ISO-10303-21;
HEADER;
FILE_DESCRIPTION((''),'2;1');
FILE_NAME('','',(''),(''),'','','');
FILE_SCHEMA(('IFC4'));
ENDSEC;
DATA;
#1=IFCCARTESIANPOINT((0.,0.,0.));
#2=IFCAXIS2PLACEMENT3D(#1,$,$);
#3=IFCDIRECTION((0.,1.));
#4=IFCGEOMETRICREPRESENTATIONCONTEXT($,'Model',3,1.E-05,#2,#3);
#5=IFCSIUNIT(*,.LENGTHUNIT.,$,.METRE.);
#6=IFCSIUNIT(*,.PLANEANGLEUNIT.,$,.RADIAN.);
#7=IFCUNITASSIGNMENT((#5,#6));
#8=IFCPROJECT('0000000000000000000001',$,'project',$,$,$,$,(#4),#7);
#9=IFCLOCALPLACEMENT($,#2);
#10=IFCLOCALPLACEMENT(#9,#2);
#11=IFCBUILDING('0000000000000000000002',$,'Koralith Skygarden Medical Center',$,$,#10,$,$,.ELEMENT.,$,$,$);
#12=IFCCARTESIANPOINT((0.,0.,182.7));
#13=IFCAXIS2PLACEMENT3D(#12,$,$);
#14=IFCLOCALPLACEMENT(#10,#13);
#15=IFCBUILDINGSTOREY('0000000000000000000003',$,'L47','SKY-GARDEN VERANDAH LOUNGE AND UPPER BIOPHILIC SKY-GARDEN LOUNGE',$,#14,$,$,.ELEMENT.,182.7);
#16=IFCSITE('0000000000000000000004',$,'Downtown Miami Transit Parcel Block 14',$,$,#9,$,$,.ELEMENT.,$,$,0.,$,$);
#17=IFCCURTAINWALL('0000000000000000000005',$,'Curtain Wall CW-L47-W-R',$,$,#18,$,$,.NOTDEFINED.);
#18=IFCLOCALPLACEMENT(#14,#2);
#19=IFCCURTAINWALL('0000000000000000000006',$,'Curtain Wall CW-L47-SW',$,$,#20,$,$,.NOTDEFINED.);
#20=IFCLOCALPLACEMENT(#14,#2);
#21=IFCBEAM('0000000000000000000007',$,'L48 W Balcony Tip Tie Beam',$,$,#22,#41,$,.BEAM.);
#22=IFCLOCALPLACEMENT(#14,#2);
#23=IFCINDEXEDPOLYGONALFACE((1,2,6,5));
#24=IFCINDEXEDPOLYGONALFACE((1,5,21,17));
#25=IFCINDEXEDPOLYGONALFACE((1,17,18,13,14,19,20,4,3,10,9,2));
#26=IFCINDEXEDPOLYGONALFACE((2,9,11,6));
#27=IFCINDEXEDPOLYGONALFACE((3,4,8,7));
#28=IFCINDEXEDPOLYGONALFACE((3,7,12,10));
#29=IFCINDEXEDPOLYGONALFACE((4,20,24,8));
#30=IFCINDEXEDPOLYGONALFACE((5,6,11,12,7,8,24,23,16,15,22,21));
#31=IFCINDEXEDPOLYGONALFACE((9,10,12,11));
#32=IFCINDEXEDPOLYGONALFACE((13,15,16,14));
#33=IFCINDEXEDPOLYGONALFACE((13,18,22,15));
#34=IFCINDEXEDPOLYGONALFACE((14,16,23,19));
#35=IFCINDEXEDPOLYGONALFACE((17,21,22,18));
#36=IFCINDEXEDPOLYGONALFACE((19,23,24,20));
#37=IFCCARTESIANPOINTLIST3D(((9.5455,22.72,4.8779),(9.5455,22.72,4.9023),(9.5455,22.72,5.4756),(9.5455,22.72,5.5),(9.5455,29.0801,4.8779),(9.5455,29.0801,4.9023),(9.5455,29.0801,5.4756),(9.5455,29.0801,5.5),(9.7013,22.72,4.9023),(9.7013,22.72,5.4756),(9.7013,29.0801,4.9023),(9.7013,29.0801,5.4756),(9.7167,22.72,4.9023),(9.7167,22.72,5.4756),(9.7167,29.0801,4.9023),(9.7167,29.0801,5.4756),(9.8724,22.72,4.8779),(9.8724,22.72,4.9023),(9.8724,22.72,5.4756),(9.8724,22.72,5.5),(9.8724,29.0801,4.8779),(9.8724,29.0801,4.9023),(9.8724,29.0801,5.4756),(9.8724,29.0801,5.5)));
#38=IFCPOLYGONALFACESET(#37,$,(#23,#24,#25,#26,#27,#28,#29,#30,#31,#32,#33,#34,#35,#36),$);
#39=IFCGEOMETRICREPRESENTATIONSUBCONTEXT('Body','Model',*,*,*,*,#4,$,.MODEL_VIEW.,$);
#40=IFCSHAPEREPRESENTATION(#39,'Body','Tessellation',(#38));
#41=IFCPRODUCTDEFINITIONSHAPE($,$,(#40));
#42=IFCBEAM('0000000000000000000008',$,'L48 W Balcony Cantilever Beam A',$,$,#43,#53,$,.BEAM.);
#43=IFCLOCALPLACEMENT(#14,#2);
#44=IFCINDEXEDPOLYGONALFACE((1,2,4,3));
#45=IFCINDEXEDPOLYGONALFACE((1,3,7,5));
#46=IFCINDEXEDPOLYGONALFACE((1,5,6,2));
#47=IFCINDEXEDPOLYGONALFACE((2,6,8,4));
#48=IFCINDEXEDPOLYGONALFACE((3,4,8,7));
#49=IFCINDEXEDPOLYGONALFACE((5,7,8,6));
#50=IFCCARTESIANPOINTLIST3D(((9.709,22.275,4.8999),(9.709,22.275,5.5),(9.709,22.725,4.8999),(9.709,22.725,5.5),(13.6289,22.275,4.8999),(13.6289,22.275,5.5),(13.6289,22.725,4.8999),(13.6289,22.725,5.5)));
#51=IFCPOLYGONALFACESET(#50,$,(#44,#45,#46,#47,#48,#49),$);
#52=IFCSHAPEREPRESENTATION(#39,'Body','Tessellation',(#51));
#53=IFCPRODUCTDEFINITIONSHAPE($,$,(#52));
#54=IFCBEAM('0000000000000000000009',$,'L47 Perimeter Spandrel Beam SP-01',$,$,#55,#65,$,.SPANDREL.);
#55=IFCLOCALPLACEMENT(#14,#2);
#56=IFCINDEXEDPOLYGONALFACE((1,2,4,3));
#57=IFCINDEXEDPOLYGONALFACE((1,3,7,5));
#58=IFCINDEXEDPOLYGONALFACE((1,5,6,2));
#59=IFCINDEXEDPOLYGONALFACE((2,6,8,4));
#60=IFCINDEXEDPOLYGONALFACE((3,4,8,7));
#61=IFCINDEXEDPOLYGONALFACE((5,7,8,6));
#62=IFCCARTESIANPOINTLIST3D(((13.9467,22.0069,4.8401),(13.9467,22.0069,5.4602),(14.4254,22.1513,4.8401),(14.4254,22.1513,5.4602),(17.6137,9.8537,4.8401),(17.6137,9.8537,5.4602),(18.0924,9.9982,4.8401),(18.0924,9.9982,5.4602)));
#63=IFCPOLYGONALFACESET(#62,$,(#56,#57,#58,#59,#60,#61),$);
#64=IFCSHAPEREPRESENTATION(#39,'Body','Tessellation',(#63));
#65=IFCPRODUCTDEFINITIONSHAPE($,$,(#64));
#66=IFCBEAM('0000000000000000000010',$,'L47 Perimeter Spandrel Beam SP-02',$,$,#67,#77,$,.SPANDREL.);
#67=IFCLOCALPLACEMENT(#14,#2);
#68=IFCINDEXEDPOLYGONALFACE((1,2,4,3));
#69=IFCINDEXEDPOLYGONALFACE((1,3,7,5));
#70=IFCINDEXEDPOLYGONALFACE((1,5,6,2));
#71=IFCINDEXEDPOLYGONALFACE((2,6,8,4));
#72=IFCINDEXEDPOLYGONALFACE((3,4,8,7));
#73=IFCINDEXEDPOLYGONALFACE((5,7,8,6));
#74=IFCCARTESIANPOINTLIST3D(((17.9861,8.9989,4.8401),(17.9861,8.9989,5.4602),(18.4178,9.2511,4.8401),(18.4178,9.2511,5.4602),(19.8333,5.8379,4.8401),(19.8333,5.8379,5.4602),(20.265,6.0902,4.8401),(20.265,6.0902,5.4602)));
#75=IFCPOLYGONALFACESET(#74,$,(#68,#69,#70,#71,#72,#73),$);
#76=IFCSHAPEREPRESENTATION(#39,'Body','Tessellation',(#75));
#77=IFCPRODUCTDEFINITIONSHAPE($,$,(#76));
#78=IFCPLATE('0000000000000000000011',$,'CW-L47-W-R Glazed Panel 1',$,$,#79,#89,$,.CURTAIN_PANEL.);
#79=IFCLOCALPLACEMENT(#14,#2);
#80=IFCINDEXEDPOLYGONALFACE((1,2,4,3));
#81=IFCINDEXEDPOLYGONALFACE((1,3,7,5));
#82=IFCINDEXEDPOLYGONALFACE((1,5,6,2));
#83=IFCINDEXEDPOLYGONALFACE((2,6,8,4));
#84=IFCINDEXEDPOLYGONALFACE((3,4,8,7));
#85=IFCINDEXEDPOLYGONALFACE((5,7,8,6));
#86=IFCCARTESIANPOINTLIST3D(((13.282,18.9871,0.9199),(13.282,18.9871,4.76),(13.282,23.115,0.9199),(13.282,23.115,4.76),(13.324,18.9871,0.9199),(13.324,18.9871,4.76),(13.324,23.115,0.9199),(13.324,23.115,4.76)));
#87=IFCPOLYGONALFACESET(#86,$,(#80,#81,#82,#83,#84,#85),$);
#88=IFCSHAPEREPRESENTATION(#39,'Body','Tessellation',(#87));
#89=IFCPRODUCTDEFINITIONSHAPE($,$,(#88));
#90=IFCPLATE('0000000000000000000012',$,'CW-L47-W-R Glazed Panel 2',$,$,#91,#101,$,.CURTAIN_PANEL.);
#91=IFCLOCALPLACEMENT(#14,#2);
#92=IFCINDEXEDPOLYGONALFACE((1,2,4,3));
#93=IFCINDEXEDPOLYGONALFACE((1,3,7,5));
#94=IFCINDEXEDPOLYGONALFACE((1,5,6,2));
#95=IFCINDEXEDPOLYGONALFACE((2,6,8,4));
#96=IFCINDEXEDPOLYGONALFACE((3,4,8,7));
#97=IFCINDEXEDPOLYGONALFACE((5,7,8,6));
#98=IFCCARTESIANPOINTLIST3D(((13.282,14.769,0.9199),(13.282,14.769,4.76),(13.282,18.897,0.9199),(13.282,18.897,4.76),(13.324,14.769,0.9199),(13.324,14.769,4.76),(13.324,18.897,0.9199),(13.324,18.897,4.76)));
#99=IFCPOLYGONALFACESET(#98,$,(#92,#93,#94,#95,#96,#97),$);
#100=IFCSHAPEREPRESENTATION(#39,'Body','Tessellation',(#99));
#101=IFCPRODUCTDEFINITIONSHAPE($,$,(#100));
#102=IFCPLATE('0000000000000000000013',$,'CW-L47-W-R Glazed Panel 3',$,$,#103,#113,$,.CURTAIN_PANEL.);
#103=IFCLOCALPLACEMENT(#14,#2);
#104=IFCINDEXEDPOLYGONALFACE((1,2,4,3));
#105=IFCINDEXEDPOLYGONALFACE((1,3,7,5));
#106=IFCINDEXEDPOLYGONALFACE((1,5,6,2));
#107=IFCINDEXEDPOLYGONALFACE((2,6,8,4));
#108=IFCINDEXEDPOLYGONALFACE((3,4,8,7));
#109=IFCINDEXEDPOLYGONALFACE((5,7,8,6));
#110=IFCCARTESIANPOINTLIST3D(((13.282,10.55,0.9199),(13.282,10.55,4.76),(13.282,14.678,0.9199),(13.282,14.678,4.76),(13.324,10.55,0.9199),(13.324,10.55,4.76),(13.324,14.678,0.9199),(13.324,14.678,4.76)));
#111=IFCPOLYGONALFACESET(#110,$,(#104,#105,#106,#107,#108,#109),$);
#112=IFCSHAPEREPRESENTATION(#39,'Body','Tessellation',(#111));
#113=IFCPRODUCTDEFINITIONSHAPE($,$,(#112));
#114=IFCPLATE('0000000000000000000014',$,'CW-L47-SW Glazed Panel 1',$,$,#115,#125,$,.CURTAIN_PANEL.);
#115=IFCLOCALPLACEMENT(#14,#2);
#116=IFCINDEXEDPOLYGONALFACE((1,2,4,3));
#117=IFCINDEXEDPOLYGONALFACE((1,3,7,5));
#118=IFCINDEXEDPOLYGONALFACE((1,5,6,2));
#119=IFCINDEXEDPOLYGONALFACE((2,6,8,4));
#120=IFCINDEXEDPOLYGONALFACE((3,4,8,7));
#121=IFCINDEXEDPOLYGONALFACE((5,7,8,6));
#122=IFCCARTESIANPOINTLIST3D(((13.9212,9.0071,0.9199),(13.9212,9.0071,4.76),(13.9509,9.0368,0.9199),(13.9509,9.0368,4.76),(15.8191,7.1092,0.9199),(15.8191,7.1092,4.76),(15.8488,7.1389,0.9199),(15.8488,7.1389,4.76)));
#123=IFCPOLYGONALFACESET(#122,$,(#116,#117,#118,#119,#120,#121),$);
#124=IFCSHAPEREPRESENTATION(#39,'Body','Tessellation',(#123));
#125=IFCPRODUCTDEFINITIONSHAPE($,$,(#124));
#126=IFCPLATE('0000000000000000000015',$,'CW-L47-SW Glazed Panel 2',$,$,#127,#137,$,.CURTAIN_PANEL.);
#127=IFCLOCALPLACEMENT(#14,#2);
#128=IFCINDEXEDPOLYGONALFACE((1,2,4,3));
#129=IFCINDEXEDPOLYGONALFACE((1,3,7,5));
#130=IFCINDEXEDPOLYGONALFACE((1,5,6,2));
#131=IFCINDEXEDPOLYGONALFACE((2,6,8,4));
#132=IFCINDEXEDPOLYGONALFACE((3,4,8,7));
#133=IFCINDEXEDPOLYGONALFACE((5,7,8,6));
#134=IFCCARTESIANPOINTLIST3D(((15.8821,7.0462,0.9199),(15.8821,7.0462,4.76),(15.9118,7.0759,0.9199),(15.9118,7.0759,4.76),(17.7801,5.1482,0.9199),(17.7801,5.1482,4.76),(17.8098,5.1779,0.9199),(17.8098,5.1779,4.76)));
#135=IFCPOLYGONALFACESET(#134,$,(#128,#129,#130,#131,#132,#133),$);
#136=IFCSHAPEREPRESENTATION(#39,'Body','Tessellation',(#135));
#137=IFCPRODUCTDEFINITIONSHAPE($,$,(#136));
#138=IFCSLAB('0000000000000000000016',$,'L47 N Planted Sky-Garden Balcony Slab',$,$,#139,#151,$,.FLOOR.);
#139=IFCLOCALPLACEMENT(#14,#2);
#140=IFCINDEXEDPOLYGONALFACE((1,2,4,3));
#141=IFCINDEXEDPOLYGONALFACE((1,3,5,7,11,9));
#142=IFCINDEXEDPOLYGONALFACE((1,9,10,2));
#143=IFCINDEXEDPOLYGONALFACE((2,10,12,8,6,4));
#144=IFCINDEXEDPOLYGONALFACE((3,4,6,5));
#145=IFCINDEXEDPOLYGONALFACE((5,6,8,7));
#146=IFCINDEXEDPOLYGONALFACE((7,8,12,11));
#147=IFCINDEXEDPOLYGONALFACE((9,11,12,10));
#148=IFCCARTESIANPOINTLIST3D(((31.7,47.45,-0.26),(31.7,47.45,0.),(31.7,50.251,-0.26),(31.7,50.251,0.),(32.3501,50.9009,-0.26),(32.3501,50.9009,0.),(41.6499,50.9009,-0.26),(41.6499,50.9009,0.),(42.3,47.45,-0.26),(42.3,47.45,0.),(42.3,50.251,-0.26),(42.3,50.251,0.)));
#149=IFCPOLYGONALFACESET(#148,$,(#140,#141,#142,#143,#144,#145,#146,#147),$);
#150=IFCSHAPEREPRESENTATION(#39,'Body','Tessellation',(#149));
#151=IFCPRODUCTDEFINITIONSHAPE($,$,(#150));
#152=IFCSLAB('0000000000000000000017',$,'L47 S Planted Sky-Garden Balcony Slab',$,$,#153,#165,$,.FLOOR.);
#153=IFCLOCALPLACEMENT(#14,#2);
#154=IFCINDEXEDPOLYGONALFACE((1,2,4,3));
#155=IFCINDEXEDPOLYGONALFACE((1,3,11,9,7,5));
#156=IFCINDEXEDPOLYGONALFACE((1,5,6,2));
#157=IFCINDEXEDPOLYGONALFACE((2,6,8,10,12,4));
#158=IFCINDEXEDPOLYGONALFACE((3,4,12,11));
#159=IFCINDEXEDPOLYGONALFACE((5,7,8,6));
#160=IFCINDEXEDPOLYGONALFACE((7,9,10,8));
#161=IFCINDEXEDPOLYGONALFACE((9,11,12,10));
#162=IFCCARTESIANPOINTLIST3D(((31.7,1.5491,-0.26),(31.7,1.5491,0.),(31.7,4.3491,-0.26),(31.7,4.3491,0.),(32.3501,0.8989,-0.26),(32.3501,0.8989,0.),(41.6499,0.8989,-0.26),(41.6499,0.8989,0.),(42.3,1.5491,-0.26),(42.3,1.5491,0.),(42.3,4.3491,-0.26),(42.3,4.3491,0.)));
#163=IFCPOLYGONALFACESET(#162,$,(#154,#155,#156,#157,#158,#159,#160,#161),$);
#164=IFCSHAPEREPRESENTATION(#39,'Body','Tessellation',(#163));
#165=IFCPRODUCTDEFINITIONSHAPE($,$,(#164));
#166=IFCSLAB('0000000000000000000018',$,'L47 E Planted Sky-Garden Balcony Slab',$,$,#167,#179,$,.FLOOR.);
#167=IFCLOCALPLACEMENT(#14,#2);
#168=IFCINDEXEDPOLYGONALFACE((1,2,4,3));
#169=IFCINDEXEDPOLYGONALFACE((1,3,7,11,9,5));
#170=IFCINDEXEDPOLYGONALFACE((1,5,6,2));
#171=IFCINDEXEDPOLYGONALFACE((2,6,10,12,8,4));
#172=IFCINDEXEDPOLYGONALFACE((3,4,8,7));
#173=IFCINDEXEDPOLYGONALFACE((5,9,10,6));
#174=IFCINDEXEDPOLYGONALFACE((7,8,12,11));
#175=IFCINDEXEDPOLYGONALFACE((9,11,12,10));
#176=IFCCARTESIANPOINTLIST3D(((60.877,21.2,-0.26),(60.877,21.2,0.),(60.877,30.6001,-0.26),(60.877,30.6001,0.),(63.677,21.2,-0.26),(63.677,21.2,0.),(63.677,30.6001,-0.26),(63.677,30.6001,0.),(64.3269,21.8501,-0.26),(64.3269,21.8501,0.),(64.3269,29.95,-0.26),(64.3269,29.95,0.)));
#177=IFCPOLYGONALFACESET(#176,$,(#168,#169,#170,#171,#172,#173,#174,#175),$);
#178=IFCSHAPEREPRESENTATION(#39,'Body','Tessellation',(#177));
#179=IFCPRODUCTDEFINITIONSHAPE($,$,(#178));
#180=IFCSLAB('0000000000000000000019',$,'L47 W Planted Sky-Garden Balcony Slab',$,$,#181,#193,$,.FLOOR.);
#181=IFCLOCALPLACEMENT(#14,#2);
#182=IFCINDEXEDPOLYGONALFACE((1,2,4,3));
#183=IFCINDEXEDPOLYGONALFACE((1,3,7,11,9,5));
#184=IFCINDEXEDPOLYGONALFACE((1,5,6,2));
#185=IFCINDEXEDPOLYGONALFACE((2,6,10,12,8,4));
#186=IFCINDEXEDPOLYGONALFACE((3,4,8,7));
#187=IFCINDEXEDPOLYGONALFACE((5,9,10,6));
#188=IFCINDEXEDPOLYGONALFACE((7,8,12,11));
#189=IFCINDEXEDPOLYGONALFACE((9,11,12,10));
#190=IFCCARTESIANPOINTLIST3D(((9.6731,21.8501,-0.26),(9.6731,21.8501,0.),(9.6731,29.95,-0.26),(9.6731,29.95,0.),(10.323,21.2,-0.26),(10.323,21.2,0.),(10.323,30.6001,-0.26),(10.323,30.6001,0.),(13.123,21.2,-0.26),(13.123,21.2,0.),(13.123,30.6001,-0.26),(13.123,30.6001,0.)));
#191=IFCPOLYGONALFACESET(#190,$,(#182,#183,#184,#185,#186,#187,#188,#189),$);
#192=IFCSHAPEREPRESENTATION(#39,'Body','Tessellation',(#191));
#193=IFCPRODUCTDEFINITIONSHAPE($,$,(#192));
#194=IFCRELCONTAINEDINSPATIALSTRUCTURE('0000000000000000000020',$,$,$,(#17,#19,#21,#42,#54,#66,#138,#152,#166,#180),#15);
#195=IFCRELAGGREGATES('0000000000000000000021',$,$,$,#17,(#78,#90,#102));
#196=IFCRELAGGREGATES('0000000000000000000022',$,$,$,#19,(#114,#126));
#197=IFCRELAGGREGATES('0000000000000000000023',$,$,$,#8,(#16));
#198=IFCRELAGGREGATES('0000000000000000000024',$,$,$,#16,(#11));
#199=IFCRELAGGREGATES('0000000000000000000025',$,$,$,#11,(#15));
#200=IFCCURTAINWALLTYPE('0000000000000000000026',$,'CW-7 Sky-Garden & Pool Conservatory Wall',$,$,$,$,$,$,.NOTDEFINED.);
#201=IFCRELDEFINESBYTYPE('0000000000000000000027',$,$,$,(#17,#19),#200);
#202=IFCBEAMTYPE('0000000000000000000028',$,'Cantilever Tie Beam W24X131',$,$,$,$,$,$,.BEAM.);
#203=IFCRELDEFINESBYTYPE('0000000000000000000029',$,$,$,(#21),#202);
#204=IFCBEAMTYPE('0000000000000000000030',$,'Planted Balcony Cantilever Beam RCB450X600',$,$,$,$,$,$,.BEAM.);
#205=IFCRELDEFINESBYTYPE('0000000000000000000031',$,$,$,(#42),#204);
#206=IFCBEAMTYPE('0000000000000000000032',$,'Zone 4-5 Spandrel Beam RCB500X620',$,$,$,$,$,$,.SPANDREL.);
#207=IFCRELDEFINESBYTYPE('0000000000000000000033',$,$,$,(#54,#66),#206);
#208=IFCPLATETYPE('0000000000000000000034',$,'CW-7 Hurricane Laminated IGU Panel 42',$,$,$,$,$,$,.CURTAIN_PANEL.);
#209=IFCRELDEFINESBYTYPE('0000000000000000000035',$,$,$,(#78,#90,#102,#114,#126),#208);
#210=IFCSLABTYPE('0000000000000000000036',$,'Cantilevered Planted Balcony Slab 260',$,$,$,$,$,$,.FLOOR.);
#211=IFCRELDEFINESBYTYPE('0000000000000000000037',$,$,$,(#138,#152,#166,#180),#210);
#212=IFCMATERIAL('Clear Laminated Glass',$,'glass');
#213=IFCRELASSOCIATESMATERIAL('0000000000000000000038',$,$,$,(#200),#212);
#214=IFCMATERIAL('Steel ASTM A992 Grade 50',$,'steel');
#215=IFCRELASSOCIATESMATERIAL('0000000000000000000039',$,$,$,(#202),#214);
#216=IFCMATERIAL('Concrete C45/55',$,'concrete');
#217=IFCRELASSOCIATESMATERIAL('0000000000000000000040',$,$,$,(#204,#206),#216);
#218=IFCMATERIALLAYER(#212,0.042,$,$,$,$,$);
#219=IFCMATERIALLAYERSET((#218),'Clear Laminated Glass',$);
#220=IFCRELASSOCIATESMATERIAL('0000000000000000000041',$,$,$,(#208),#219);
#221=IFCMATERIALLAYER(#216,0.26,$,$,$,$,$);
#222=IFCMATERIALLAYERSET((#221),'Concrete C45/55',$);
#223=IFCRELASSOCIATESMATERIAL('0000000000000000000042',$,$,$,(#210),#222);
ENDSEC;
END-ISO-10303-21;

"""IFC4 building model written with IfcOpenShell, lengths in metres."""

from ifc_helpers import new_model, si_unit, direction, frame, origin, origin_2d, place, context, subcontext, project, spatial, polyline, rectangle, i_section, outline, extrude, material, layer, layer_set, material_profile, profile_set, type_object, element, aggregate, save


model = new_model("IFC4")

# Units and contexts
model_context = context("Model", 3, precision=1e-05, world=origin(), true_north=direction((0.0, 1.0)))
body_context = subcontext(model_context, "Body", "Model", "MODEL_VIEW")
ifc_project = project(units=[si_unit("LENGTHUNIT", "METRE"), si_unit("PLANEANGLEUNIT", "RADIAN")], contexts=[model_context])

# Site, building, storey
site_placement = place(None, origin())
site = spatial("IfcSite", under=ifc_project, at=site_placement, Name="Downtown Miami Transit Parcel Block 14", CompositionType="ELEMENT", RefElevation=0.0)
building_placement = place(site_placement, origin())
building = spatial("IfcBuilding", under=site, at=building_placement, Name="Koralith Skygarden Medical Center", CompositionType="ELEMENT")
storey_placement = place(building_placement, frame((0.0, 0.0, 182.7)))
storey = spatial("IfcBuildingStorey", under=building, at=storey_placement, Name="L47", Description="SKY-GARDEN VERANDAH LOUNGE AND UPPER BIOPHILIC SKY-GARDEN LOUNGE", CompositionType="ELEMENT", Elevation=182.7)

# Curtain walls
ifc_material_1 = material(Name="Clear Laminated Glass", Category="glass")
curtain_wall_type = type_object("IfcCurtainWallType", Name="CW-7 Sky-Garden & Pool Conservatory Wall", PredefinedType="NOTDEFINED", material=ifc_material_1)
curtain_wall_1_placement = place(storey_placement, origin())
curtain_wall_1 = element("IfcCurtainWall", 1, at=curtain_wall_1_placement, inside=storey, type_object=curtain_wall_type, Name="Curtain Wall CW-L47-W-R", PredefinedType="NOTDEFINED")
curtain_wall_2_placement = place(storey_placement, origin())
curtain_wall_2 = element("IfcCurtainWall", 2, at=curtain_wall_2_placement, inside=storey, type_object=curtain_wall_type, Name="Curtain Wall CW-L47-SW", PredefinedType="NOTDEFINED")

# Beams
ifc_material_2 = material(Name="Steel ASTM A992 Grade 50", Category="steel")
ifc_material_profile_1 = material_profile(ifc_material_2, i_section(OverallWidth=0.3269, OverallDepth=0.6221, WebThickness=0.0154, FlangeThickness=0.0244, at=origin_2d()), Name="W24X131")
ifc_profile_set_1 = profile_set([ifc_material_profile_1], Name="Steel ASTM A992 Grade 50")
beam_type_1 = type_object("IfcBeamType", Name="Cantilever Tie Beam W24X131", PredefinedType="BEAM", material=ifc_profile_set_1)
beam_1_placement = place(storey_placement, frame((9.709, 22.72, 5.189), z_axis=(0.0, 1.0, 0.0), x_axis=(-1.0, 0.0, 0.0)))
element("IfcBeam", 3, at=beam_1_placement, inside=storey, type_object=beam_type_1, Name="L48 W Balcony Tip Tie Beam", PredefinedType="BEAM", context=body_context, shape_type="SweptSolid", body=[
    extrude(i_section(OverallWidth=0.3269, OverallDepth=0.6221, WebThickness=0.0154, FlangeThickness=0.0244, at=origin_2d()), origin(), (0.0, 0.0, 1.0), 6.3601),
])
ifc_material_3 = material(Name="Concrete C45/55", Category="concrete")
ifc_material_profile_2 = material_profile(ifc_material_3, rectangle(XDim=0.45, YDim=0.6001, at=origin_2d()), Name="RCB450X600")
ifc_profile_set_2 = profile_set([ifc_material_profile_2], Name="Concrete C45/55")
beam_type_2 = type_object("IfcBeamType", Name="Planted Balcony Cantilever Beam RCB450X600", PredefinedType="BEAM", material=ifc_profile_set_2)
beam_2_placement = place(storey_placement, frame((13.6289, 22.5, 5.2), z_axis=(-1.0, 0.0, 0.0), x_axis=(0.0, -1.0, 0.0)))
element("IfcBeam", 4, at=beam_2_placement, inside=storey, type_object=beam_type_2, Name="L48 W Balcony Cantilever Beam A", PredefinedType="BEAM", context=body_context, shape_type="SweptSolid", body=[
    extrude(rectangle(XDim=0.45, YDim=0.6001, at=origin_2d()), origin(), (0.0, 0.0, 1.0), 3.9199),
])
ifc_material_profile_3 = material_profile(ifc_material_3, rectangle(XDim=0.5, YDim=0.6201, at=origin_2d()), Name="RCB500X620")
ifc_profile_set_3 = profile_set([ifc_material_profile_3], Name="Concrete C45/55")
beam_type_3 = type_object("IfcBeamType", Name="Zone 4-5 Spandrel Beam RCB500X620", PredefinedType="SPANDREL", material=ifc_profile_set_3)
beam_3_placement = place(storey_placement, frame((14.186, 22.0791, 5.1501), z_axis=(0.28887, -0.957368, 0.0), x_axis=(0.957368, 0.28887, 0.0)))
element("IfcBeam", 5, at=beam_3_placement, inside=storey, type_object=beam_type_3, Name="L47 Perimeter Spandrel Beam SP-01", PredefinedType="SPANDREL", context=body_context, shape_type="SweptSolid", body=[
    extrude(rectangle(XDim=0.5, YDim=0.6201, at=origin_2d()), origin(), (0.0, 0.0, 1.0), 12.6943),
])
beam_4_placement = place(storey_placement, frame((18.2019, 9.125, 5.1501), z_axis=(0.504547, -0.863384, 0.0), x_axis=(0.863384, 0.504547, 0.0)))
element("IfcBeam", 6, at=beam_4_placement, inside=storey, type_object=beam_type_3, Name="L47 Perimeter Spandrel Beam SP-02", PredefinedType="SPANDREL", context=body_context, shape_type="SweptSolid", body=[
    extrude(rectangle(XDim=0.5, YDim=0.6201, at=origin_2d()), origin(), (0.0, 0.0, 1.0), 3.6611),
])

# Plates
ifc_layer_1 = layer(ifc_material_1, 0.042)
ifc_layer_set_1 = layer_set([ifc_layer_1], Name="Clear Laminated Glass")
plate_type_1 = type_object("IfcPlateType", Name="CW-7 Hurricane Laminated IGU Panel 42", PredefinedType="CURTAIN_PANEL", material=ifc_layer_set_1)
plate_1_placement = place(storey_placement, frame((13.303, 21.051, 0.9199), z_axis=(0.0, 0.0, 1.0), x_axis=(0.0, -1.0, 0.0)))
plate_1 = element("IfcPlate", 7, at=plate_1_placement, type_object=plate_type_1, Name="CW-L47-W-R Glazed Panel 1", PredefinedType="CURTAIN_PANEL", context=body_context, shape_type="SweptSolid", body=[
    extrude(rectangle(XDim=4.1279, YDim=0.042, at=origin_2d()), origin(), (0.0, 0.0, 1.0), 3.8401),
])
plate_2_placement = place(storey_placement, frame((13.303, 16.833, 0.9199), z_axis=(0.0, 0.0, 1.0), x_axis=(0.0, -1.0, 0.0)))
plate_2 = element("IfcPlate", 8, at=plate_2_placement, type_object=plate_type_1, Name="CW-L47-W-R Glazed Panel 2", PredefinedType="CURTAIN_PANEL", context=body_context, shape_type="SweptSolid", body=[
    extrude(rectangle(XDim=4.1279, YDim=0.042, at=origin_2d()), origin(), (0.0, 0.0, 1.0), 3.8401),
])
plate_3_placement = place(storey_placement, frame((13.303, 12.614, 0.9199), z_axis=(0.0, 0.0, 1.0), x_axis=(0.0, -1.0, 0.0)))
plate_3 = element("IfcPlate", 9, at=plate_3_placement, type_object=plate_type_1, Name="CW-L47-W-R Glazed Panel 3", PredefinedType="CURTAIN_PANEL", context=body_context, shape_type="SweptSolid", body=[
    extrude(rectangle(XDim=4.1279, YDim=0.042, at=origin_2d()), origin(), (0.0, 0.0, 1.0), 3.8401),
])
aggregate(curtain_wall_1, [plate_1, plate_2, plate_3])
plate_4_placement = place(storey_placement, frame((14.885, 8.073, 0.9199), z_axis=(0.0, 0.0, 1.0), x_axis=(0.707107, -0.707107, 0.0)))
plate_4 = element("IfcPlate", 10, at=plate_4_placement, type_object=plate_type_1, Name="CW-L47-SW Glazed Panel 1", PredefinedType="CURTAIN_PANEL", context=body_context, shape_type="SweptSolid", body=[
    extrude(rectangle(XDim=2.6841, YDim=0.042, at=origin_2d()), origin(), (0.0, 0.0, 1.0), 3.8401),
])
plate_5_placement = place(storey_placement, frame((16.8459, 6.1121, 0.9199), z_axis=(0.0, 0.0, 1.0), x_axis=(0.707107, -0.707107, 0.0)))
plate_5 = element("IfcPlate", 11, at=plate_5_placement, type_object=plate_type_1, Name="CW-L47-SW Glazed Panel 2", PredefinedType="CURTAIN_PANEL", context=body_context, shape_type="SweptSolid", body=[
    extrude(rectangle(XDim=2.6841, YDim=0.042, at=origin_2d()), origin(), (0.0, 0.0, 1.0), 3.8401),
])
aggregate(curtain_wall_2, [plate_4, plate_5])

# Slabs
ifc_layer_2 = layer(ifc_material_3, 0.26)
ifc_layer_set_2 = layer_set([ifc_layer_2], Name="Concrete C45/55")
slab_type_1 = type_object("IfcSlabType", Name="Cantilevered Planted Balcony Slab 260", PredefinedType="FLOOR", material=ifc_layer_set_2)
slab_1_placement = place(storey_placement, frame((0.0, 0.0, -0.26)))
element("IfcSlab", 12, at=slab_1_placement, inside=storey, type_object=slab_type_1, Name="L47 N Planted Sky-Garden Balcony Slab", PredefinedType="FLOOR", context=body_context, shape_type="SweptSolid", body=[
    extrude(outline(polyline([(31.7, 47.45), (42.3, 47.45), (42.3, 50.251), (41.6499, 50.9009), (32.3501, 50.9009), (31.7, 50.251), (31.7, 47.45)])), origin(), (0.0, 0.0, 1.0), 0.26),
])
slab_2_placement = place(storey_placement, frame((0.0, 0.0, -0.26)))
element("IfcSlab", 13, at=slab_2_placement, inside=storey, type_object=slab_type_1, Name="L47 S Planted Sky-Garden Balcony Slab", PredefinedType="FLOOR", context=body_context, shape_type="SweptSolid", body=[
    extrude(outline(polyline([(32.3501, 0.8989), (41.6499, 0.8989), (42.3, 1.5491), (42.3, 4.3491), (31.7, 4.3491), (31.7, 1.5491), (32.3501, 0.8989)])), origin(), (0.0, 0.0, 1.0), 0.26),
])
slab_3_placement = place(storey_placement, frame((0.0, 0.0, -0.26)))
element("IfcSlab", 14, at=slab_3_placement, inside=storey, type_object=slab_type_1, Name="L47 E Planted Sky-Garden Balcony Slab", PredefinedType="FLOOR", context=body_context, shape_type="SweptSolid", body=[
    extrude(outline(polyline([(60.877, 21.2), (63.677, 21.2), (64.3269, 21.8501), (64.3269, 29.95), (63.677, 30.6001), (60.877, 30.6001), (60.877, 21.2)])), origin(), (0.0, 0.0, 1.0), 0.26),
])
slab_4_placement = place(storey_placement, frame((0.0, 0.0, -0.26)))
element("IfcSlab", 15, at=slab_4_placement, inside=storey, type_object=slab_type_1, Name="L47 W Planted Sky-Garden Balcony Slab", PredefinedType="FLOOR", context=body_context, shape_type="SweptSolid", body=[
    extrude(outline(polyline([(10.323, 21.2), (13.123, 21.2), (13.123, 30.6001), (10.323, 30.6001), (9.6731, 29.95), (9.6731, 21.8501), (10.323, 21.2)])), origin(), (0.0, 0.0, 1.0), 0.26),
])

save(model, "model.ifc")
